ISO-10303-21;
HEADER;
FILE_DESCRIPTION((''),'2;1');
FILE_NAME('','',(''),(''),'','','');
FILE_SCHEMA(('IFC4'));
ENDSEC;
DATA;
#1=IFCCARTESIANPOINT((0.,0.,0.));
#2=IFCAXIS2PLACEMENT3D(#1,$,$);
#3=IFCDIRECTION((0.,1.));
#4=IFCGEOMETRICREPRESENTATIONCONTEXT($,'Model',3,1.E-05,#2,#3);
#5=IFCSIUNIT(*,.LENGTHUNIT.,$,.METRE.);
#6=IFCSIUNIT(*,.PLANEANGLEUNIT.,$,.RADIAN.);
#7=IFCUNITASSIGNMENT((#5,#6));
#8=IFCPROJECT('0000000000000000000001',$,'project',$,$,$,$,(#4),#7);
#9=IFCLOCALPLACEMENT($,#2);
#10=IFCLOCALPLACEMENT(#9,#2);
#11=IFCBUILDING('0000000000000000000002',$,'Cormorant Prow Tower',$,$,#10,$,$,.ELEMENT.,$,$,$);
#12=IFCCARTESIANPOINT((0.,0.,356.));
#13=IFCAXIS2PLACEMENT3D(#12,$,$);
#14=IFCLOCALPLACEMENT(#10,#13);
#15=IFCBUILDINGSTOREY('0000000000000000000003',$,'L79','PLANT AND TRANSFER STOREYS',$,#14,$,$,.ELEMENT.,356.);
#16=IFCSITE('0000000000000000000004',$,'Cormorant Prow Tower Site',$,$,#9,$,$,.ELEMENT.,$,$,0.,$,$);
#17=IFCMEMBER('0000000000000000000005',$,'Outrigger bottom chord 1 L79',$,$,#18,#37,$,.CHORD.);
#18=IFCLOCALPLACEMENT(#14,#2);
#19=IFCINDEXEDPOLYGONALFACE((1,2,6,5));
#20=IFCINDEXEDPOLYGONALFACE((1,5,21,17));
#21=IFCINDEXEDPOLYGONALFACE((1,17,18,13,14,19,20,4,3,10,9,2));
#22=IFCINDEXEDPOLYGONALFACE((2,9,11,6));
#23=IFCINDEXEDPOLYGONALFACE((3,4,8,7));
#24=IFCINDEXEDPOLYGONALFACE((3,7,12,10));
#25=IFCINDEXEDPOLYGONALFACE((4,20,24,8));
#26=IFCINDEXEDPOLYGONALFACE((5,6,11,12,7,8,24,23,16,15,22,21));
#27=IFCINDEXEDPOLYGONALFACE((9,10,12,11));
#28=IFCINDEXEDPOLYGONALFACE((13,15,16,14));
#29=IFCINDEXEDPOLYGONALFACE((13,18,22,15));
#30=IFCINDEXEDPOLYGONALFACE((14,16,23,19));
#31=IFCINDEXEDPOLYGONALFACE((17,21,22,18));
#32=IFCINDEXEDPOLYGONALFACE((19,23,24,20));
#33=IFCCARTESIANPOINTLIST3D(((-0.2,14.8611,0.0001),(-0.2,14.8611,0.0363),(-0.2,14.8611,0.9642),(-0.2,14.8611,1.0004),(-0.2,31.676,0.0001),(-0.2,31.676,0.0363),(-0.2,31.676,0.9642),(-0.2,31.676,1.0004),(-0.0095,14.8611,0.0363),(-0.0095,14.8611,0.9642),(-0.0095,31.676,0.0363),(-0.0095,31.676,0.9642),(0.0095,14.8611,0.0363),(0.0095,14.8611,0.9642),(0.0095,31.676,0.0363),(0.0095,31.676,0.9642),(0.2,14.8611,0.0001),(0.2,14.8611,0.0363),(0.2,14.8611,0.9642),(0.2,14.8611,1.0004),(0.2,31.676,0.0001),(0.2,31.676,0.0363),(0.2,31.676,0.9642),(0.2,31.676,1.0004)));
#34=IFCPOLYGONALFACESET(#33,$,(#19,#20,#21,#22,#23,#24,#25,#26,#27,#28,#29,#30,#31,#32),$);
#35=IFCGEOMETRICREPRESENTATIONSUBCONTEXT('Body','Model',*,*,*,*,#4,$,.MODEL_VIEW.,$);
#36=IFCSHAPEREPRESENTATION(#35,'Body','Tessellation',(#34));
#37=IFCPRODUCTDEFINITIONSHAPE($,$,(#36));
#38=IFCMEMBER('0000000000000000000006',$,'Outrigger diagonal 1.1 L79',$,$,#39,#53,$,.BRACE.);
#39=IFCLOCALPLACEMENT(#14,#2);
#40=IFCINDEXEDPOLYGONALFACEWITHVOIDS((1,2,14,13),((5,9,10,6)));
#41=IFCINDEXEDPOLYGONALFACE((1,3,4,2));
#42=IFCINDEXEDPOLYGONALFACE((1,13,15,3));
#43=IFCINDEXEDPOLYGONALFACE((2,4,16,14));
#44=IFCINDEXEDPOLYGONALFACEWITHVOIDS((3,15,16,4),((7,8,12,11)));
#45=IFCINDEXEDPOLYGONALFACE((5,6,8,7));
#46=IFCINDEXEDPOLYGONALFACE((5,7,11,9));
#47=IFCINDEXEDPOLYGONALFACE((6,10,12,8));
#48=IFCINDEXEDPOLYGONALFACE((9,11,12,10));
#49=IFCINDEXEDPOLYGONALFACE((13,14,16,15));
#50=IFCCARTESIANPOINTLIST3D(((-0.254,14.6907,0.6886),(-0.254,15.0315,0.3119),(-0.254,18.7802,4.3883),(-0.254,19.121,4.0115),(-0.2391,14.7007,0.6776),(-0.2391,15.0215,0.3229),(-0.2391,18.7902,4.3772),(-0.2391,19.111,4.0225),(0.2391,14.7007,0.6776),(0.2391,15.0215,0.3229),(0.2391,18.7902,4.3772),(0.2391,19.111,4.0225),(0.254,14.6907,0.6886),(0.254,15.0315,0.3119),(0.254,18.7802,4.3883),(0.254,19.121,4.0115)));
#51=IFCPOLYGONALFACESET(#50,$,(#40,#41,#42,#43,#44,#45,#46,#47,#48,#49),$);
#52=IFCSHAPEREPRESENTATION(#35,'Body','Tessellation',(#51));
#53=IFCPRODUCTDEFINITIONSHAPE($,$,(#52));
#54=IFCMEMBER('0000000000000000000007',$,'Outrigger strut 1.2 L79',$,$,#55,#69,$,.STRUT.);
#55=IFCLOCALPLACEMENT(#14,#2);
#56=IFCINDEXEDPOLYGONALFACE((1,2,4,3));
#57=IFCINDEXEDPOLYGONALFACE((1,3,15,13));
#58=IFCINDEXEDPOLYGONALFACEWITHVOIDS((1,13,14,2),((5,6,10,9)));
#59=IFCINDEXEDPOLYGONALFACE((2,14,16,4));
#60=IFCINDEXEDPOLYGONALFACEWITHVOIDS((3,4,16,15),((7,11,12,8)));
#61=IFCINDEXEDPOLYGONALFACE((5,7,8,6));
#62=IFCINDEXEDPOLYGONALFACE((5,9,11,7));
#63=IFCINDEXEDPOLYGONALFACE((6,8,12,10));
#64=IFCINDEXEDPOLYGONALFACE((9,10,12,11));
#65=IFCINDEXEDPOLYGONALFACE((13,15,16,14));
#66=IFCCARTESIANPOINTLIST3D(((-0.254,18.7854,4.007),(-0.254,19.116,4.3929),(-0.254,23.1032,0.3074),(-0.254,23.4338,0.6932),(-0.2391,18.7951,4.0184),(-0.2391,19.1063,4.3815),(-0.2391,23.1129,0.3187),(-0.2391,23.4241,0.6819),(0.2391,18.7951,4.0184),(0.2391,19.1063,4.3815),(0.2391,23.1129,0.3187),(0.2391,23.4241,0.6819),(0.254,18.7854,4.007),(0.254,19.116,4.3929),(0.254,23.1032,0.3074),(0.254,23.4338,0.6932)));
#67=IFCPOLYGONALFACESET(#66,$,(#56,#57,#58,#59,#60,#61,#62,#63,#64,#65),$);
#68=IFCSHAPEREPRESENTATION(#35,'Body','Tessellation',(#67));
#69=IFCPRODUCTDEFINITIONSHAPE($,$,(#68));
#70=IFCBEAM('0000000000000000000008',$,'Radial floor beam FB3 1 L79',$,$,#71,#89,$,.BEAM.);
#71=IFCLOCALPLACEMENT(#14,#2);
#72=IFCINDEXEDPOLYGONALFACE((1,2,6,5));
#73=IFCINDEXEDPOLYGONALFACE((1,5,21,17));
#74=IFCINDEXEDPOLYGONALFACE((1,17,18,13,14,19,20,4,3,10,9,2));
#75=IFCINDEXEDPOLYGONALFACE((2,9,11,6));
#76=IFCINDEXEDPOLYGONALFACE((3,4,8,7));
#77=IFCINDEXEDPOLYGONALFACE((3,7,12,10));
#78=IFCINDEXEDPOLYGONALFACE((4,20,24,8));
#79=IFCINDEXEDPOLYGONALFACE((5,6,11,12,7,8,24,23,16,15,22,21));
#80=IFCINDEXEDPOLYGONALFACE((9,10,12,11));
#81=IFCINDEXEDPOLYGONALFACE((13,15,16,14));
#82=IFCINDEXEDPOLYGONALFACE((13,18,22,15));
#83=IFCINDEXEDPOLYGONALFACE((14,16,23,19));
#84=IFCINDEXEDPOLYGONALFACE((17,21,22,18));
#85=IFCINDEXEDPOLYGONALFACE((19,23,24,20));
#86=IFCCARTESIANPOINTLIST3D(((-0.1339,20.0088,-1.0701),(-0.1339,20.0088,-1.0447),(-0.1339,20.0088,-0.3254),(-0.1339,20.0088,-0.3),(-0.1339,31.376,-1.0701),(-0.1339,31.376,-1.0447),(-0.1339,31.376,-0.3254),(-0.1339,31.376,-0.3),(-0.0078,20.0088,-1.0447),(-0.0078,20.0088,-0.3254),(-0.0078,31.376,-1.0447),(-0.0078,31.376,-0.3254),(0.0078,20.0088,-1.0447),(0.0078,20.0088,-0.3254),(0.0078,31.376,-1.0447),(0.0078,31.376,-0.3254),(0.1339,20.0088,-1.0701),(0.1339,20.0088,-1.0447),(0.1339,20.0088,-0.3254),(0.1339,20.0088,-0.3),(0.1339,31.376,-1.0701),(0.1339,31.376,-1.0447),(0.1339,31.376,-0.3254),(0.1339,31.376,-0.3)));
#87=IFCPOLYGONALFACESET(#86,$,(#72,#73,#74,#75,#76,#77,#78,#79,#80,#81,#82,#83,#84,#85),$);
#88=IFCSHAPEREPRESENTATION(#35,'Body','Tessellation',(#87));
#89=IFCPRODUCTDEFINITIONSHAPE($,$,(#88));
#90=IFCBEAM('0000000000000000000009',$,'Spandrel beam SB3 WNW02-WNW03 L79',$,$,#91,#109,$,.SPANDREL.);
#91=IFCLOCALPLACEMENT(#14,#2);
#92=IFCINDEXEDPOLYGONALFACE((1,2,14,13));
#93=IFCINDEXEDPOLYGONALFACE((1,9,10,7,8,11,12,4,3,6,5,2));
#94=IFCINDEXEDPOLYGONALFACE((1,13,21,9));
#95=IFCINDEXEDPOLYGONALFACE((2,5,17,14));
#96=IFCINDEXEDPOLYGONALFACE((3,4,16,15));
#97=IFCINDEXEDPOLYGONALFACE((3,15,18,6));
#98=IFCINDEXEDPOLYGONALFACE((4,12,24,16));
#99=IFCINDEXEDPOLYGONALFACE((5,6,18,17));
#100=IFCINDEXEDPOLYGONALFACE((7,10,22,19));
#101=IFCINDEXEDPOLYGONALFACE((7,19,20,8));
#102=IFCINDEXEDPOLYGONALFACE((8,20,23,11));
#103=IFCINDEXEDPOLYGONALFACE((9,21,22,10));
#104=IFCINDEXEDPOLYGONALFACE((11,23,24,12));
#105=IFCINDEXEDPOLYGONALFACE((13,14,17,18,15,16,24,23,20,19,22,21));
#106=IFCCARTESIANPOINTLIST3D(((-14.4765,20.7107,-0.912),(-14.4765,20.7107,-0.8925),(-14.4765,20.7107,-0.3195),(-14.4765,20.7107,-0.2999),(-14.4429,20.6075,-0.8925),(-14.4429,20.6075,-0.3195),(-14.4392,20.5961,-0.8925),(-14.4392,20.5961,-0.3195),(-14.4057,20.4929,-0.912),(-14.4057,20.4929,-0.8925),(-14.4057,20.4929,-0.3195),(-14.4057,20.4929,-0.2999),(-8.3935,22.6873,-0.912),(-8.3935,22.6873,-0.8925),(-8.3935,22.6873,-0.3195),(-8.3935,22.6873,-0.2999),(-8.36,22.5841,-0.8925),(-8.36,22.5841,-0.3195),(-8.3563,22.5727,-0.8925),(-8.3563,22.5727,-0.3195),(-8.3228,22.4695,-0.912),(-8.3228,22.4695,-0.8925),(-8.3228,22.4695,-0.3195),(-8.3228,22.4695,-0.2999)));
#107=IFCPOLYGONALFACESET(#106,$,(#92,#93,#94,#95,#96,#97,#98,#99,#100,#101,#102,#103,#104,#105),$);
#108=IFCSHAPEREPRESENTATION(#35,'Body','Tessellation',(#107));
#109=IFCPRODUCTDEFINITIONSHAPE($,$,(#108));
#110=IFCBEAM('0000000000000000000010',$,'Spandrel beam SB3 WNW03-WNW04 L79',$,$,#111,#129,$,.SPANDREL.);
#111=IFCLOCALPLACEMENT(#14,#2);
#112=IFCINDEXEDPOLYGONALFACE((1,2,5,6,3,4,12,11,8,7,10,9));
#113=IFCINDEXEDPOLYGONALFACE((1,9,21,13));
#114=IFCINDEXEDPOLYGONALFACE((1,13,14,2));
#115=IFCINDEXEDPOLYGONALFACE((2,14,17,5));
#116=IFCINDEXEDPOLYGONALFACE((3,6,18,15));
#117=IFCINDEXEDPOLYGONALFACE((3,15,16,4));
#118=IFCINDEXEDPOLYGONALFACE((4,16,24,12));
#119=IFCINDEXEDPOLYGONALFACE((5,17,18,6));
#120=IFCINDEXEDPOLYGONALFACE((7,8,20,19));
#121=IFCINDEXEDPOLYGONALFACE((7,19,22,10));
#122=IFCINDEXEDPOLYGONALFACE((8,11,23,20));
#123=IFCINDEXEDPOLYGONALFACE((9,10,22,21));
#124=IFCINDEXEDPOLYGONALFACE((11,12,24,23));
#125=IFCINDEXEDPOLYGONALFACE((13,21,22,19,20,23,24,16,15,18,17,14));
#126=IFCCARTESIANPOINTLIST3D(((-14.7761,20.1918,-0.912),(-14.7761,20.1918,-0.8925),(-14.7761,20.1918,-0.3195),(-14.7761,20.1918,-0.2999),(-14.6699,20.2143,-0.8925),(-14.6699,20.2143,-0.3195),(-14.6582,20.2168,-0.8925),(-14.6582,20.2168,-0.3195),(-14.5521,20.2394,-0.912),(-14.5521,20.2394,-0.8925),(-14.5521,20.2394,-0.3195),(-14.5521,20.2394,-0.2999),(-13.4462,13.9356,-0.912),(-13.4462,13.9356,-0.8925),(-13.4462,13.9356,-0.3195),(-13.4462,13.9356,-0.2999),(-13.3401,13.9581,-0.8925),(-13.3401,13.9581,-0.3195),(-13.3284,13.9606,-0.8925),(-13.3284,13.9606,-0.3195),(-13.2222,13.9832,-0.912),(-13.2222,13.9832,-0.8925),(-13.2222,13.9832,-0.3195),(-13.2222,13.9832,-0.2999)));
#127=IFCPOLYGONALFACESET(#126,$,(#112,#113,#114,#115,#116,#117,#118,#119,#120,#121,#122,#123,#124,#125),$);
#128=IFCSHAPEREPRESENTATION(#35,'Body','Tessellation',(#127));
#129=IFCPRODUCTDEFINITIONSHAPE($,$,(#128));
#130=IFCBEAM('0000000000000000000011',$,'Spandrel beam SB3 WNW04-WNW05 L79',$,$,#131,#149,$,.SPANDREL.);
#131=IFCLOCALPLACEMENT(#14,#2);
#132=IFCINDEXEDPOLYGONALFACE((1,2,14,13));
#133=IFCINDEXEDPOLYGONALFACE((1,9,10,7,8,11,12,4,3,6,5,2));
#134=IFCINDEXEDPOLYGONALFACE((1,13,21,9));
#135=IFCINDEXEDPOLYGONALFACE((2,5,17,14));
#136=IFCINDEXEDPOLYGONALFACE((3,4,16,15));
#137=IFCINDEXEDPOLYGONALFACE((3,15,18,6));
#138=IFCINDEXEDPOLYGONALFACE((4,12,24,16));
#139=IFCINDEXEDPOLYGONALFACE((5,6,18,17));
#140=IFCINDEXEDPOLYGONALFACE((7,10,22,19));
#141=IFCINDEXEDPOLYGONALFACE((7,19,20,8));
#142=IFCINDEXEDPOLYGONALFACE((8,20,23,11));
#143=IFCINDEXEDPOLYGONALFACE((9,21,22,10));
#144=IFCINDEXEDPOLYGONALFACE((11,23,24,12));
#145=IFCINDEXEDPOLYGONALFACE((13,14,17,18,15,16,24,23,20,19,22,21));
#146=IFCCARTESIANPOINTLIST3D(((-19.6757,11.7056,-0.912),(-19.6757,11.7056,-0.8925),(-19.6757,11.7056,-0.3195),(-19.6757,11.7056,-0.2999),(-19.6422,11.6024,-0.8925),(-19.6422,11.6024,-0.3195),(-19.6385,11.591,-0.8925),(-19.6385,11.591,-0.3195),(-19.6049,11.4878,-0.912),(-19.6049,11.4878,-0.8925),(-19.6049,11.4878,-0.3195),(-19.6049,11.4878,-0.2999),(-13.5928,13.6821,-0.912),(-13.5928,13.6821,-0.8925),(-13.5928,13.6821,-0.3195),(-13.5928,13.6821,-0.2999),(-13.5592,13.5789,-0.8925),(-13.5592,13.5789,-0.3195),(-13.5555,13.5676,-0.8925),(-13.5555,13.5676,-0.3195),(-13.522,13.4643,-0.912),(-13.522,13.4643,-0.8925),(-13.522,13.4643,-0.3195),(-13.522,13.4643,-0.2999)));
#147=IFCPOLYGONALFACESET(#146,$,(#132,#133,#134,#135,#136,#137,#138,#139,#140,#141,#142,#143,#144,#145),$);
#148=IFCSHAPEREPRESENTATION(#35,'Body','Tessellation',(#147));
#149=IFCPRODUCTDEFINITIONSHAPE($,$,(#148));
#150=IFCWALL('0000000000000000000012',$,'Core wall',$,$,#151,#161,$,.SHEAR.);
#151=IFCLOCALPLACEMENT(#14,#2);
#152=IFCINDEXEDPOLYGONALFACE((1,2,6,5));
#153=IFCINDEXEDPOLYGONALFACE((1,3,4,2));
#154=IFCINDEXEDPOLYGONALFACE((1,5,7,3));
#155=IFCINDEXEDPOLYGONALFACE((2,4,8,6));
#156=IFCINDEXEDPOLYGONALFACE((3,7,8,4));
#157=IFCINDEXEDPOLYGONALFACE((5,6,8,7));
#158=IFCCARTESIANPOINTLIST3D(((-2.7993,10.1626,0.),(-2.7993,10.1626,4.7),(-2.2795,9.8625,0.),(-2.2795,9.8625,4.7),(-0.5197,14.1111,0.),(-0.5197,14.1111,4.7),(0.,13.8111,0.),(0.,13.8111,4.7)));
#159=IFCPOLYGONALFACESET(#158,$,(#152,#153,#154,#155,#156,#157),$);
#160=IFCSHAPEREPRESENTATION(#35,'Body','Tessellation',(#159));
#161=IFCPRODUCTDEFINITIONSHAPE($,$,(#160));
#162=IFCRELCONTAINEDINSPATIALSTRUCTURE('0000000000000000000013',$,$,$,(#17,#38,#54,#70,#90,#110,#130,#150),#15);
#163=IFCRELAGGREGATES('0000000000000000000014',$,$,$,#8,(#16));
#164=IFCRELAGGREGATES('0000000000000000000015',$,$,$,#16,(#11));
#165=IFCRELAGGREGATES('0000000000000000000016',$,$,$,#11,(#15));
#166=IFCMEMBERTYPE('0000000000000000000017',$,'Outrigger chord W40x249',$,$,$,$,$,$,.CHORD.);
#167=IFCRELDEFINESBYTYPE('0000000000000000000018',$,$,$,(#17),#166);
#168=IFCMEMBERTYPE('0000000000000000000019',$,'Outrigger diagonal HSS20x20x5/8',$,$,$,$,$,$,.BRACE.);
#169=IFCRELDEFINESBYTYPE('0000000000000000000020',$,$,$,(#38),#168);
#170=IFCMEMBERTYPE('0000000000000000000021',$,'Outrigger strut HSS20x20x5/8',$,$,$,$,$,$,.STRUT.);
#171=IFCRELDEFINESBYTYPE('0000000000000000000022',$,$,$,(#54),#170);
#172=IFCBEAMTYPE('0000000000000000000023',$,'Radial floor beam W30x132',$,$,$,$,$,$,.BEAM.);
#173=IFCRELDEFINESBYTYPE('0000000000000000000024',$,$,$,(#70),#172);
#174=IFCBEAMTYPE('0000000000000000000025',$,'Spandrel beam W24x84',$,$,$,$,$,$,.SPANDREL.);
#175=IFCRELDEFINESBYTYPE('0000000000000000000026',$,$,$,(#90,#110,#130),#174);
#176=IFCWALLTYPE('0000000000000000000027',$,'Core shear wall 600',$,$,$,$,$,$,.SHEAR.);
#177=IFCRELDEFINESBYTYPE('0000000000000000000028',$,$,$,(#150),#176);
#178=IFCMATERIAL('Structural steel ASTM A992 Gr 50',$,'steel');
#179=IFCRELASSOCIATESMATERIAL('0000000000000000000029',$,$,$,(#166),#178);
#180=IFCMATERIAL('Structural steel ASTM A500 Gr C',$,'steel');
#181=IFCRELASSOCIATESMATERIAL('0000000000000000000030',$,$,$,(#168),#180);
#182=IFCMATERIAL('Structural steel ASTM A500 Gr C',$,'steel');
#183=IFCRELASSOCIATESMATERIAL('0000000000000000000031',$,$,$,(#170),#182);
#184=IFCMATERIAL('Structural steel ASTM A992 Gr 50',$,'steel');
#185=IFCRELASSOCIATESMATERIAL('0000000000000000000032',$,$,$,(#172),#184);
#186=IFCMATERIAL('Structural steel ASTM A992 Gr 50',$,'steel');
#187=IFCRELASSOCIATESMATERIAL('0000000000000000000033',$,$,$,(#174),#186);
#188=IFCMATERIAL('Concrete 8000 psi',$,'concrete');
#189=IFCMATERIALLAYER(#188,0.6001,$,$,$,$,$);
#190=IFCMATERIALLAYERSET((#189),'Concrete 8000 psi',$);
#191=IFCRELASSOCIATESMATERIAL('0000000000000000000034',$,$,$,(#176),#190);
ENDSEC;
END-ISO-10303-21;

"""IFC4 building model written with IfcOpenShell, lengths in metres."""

from ifc_helpers import new_model, si_unit, direction, frame, frame_2d, origin, origin_2d, place, context, subcontext, project, spatial, rectangle, hollow_rectangle, i_section, extrude, material, layer, layer_set, material_profile, profile_set, type_object, element, save


model = new_model("IFC4")

# Units and contexts
model_context = context("Model", 3, precision=1e-05, world=origin(), true_north=direction((0.0, 1.0)))
body_context = subcontext(model_context, "Body", "Model", "MODEL_VIEW")
ifc_project = project(units=[si_unit("LENGTHUNIT", "METRE"), si_unit("PLANEANGLEUNIT", "RADIAN")], contexts=[model_context])

# Site, building, storey
site_placement = place(None, origin())
site = spatial("IfcSite", under=ifc_project, at=site_placement, Name="Cormorant Prow Tower Site", CompositionType="ELEMENT", RefElevation=0.0)
building_placement = place(site_placement, origin())
building = spatial("IfcBuilding", under=site, at=building_placement, Name="Cormorant Prow Tower", CompositionType="ELEMENT")
storey_placement = place(building_placement, frame((0.0, 0.0, 356.0)))
storey = spatial("IfcBuildingStorey", under=building, at=storey_placement, Name="L79", Description="PLANT AND TRANSFER STOREYS", CompositionType="ELEMENT", Elevation=356.0)

# Members
ifc_material_1 = material(Name="Structural steel ASTM A992 Gr 50", Category="steel")
ifc_material_profile_1 = material_profile(ifc_material_1, i_section(OverallWidth=0.3999, OverallDepth=1.0002, WebThickness=0.019, FlangeThickness=0.0361, at=origin_2d()), Name="W40x249")
ifc_profile_set_1 = profile_set([ifc_material_profile_1], Name="Structural steel ASTM A992 Gr 50")
member_type_1 = type_object("IfcMemberType", Name="Outrigger chord W40x249", PredefinedType="CHORD", material=ifc_profile_set_1)
member_1_placement = place(storey_placement, frame((0.0, 14.8611, 0.5002), z_axis=(0.0, 1.0, 0.0), x_axis=(-1.0, 0.0, 0.0)))
element("IfcMember", 1, at=member_1_placement, inside=storey, type_object=member_type_1, Name="Outrigger bottom chord 1 L79", PredefinedType="CHORD", context=body_context, shape_type="SweptSolid", body=[
    extrude(i_section(OverallWidth=0.3999, OverallDepth=1.0002, WebThickness=0.019, FlangeThickness=0.0361, at=origin_2d()), origin(), (0.0, 0.0, 1.0), 16.8149),
])
ifc_material_2 = material(Name="Structural steel ASTM A500 Gr C", Category="steel")
ifc_material_profile_2 = material_profile(ifc_material_2, hollow_rectangle(XDim=0.5081, YDim=0.5081, WallThickness=0.0149, at=origin_2d()), Name="HSS20x20x5/8")
ifc_profile_set_2 = profile_set([ifc_material_profile_2], Name="Structural steel ASTM A500 Gr C")
member_type_2 = type_object("IfcMemberType", Name="Outrigger diagonal HSS20x20x5/8", PredefinedType="BRACE", material=ifc_profile_set_2)
member_2_placement = place(storey_placement, frame((0.0, 14.8611, 0.5002), z_axis=(0.0, 0.741572, 0.670873), x_axis=(-1.0, 0.0, 0.0)))
element("IfcMember", 2, at=member_2_placement, inside=storey, type_object=member_type_2, Name="Outrigger diagonal 1.1 L79", PredefinedType="BRACE", context=body_context, shape_type="SweptSolid", body=[
    extrude(hollow_rectangle(XDim=0.5081, YDim=0.5081, WallThickness=0.0149, at=origin_2d()), origin(), (0.0, 0.0, 1.0), 5.5146),
])
ifc_material_3 = material(Name="Structural steel ASTM A500 Gr C", Category="steel")
ifc_material_profile_3 = material_profile(ifc_material_3, hollow_rectangle(XDim=0.5081, YDim=0.5081, WallThickness=0.0149, at=origin_2d()), Name="HSS20x20x5/8")
ifc_profile_set_3 = profile_set([ifc_material_profile_3], Name="Structural steel ASTM A500 Gr C")
member_type_3 = type_object("IfcMemberType", Name="Outrigger strut HSS20x20x5/8", PredefinedType="STRUT", material=ifc_profile_set_3)
member_3_placement = place(storey_placement, frame((0.0, 18.9507, 4.2), z_axis=(0.0, 0.759372, -0.650657), x_axis=(-1.0, 0.0, 0.0)))
element("IfcMember", 3, at=member_3_placement, inside=storey, type_object=member_type_3, Name="Outrigger strut 1.2 L79", PredefinedType="STRUT", context=body_context, shape_type="SweptSolid", body=[
    extrude(hollow_rectangle(XDim=0.5081, YDim=0.5081, WallThickness=0.0149, at=origin_2d()), origin(), (0.0, 0.0, 1.0), 5.686),
])

# Beams
ifc_material_4 = material(Name="Structural steel ASTM A992 Gr 50", Category="steel")
ifc_material_profile_4 = material_profile(ifc_material_4, i_section(OverallWidth=0.2678, OverallDepth=0.77, WebThickness=0.0156, FlangeThickness=0.0254, at=origin_2d()), Name="W30x132")
ifc_profile_set_4 = profile_set([ifc_material_profile_4], Name="Structural steel ASTM A992 Gr 50")
beam_type_1 = type_object("IfcBeamType", Name="Radial floor beam W30x132", PredefinedType="BEAM", material=ifc_profile_set_4)
beam_placement = place(storey_placement, frame((0.0, 20.0088, -0.6851), z_axis=(0.0, 1.0, 0.0), x_axis=(-1.0, 0.0, 0.0)))
element("IfcBeam", 4, at=beam_placement, inside=storey, type_object=beam_type_1, Name="Radial floor beam FB3 1 L79", PredefinedType="BEAM", context=body_context, shape_type="SweptSolid", body=[
    extrude(i_section(OverallWidth=0.2678, OverallDepth=0.77, WebThickness=0.0156, FlangeThickness=0.0254, at=origin_2d()), origin(), (0.0, 0.0, 1.0), 11.3672),
])
ifc_material_5 = material(Name="Structural steel ASTM A992 Gr 50", Category="steel")
ifc_material_profile_5 = material_profile(ifc_material_5, i_section(OverallWidth=0.229, OverallDepth=0.6121, WebThickness=0.012, FlangeThickness=0.0195, at=origin_2d()), Name="W24x84")
ifc_profile_set_5 = profile_set([ifc_material_profile_5], Name="Structural steel ASTM A992 Gr 50")
beam_type_2 = type_object("IfcBeamType", Name="Spandrel beam W24x84", PredefinedType="SPANDREL", material=ifc_profile_set_5)
for number, where, z_axis, x_axis, name in (
    (5, (-8.3582, 22.5784, -0.606), (-0.951053, -0.309027, 0.0), (0.309027, -0.951053, 0.0), "Spandrel beam SB3 WNW02-WNW03 L79"),
    (6, (-14.6641, 20.2156, -0.606), (0.20792, -0.978146, 0.0), (0.978146, 0.20792, 0.0), "Spandrel beam SB3 WNW03-WNW04 L79"),
    (7, (-13.5574, 13.5732, -0.606), (-0.951053, -0.309027, 0.0), (0.309027, -0.951053, 0.0), "Spandrel beam SB3 WNW04-WNW05 L79"),
):
    element("IfcBeam", number, at=place(storey_placement, frame(where, z_axis=z_axis, x_axis=x_axis)), inside=storey, type_object=beam_type_2, Name=name, PredefinedType="SPANDREL", context=body_context, shape_type="SweptSolid", body=[
        extrude(i_section(OverallWidth=0.229, OverallDepth=0.6121, WebThickness=0.012, FlangeThickness=0.0195, at=origin_2d()), origin(), (0.0, 0.0, 1.0), 6.396),
    ])

# Wall
ifc_material_6 = material(Name="Concrete 8000 psi", Category="concrete")
ifc_layer_1 = layer(ifc_material_6, 0.6001)
ifc_layer_set_1 = layer_set([ifc_layer_1], Name="Concrete 8000 psi")
wall_type_1 = type_object("IfcWallType", Name="Core shear wall 600", PredefinedType="SHEAR", material=ifc_layer_set_1)
wall_1_placement = place(storey_placement, frame((-0.2598, 13.9612, 0.0), z_axis=(0.0, 0.0, 1.0), x_axis=(-0.49998, -0.866037, 0.0)))
element("IfcWall", 8, at=wall_1_placement, inside=storey, type_object=wall_type_1, Name="Core wall", PredefinedType="SHEAR", context=body_context, shape_type="SweptSolid", body=[
    extrude(rectangle(XDim=4.5593, YDim=0.6001, at=frame_2d((2.2798, 0.0))), origin(), (0.0, 0.0, 1.0), 4.7),
])

save(model, "model.ifc")
